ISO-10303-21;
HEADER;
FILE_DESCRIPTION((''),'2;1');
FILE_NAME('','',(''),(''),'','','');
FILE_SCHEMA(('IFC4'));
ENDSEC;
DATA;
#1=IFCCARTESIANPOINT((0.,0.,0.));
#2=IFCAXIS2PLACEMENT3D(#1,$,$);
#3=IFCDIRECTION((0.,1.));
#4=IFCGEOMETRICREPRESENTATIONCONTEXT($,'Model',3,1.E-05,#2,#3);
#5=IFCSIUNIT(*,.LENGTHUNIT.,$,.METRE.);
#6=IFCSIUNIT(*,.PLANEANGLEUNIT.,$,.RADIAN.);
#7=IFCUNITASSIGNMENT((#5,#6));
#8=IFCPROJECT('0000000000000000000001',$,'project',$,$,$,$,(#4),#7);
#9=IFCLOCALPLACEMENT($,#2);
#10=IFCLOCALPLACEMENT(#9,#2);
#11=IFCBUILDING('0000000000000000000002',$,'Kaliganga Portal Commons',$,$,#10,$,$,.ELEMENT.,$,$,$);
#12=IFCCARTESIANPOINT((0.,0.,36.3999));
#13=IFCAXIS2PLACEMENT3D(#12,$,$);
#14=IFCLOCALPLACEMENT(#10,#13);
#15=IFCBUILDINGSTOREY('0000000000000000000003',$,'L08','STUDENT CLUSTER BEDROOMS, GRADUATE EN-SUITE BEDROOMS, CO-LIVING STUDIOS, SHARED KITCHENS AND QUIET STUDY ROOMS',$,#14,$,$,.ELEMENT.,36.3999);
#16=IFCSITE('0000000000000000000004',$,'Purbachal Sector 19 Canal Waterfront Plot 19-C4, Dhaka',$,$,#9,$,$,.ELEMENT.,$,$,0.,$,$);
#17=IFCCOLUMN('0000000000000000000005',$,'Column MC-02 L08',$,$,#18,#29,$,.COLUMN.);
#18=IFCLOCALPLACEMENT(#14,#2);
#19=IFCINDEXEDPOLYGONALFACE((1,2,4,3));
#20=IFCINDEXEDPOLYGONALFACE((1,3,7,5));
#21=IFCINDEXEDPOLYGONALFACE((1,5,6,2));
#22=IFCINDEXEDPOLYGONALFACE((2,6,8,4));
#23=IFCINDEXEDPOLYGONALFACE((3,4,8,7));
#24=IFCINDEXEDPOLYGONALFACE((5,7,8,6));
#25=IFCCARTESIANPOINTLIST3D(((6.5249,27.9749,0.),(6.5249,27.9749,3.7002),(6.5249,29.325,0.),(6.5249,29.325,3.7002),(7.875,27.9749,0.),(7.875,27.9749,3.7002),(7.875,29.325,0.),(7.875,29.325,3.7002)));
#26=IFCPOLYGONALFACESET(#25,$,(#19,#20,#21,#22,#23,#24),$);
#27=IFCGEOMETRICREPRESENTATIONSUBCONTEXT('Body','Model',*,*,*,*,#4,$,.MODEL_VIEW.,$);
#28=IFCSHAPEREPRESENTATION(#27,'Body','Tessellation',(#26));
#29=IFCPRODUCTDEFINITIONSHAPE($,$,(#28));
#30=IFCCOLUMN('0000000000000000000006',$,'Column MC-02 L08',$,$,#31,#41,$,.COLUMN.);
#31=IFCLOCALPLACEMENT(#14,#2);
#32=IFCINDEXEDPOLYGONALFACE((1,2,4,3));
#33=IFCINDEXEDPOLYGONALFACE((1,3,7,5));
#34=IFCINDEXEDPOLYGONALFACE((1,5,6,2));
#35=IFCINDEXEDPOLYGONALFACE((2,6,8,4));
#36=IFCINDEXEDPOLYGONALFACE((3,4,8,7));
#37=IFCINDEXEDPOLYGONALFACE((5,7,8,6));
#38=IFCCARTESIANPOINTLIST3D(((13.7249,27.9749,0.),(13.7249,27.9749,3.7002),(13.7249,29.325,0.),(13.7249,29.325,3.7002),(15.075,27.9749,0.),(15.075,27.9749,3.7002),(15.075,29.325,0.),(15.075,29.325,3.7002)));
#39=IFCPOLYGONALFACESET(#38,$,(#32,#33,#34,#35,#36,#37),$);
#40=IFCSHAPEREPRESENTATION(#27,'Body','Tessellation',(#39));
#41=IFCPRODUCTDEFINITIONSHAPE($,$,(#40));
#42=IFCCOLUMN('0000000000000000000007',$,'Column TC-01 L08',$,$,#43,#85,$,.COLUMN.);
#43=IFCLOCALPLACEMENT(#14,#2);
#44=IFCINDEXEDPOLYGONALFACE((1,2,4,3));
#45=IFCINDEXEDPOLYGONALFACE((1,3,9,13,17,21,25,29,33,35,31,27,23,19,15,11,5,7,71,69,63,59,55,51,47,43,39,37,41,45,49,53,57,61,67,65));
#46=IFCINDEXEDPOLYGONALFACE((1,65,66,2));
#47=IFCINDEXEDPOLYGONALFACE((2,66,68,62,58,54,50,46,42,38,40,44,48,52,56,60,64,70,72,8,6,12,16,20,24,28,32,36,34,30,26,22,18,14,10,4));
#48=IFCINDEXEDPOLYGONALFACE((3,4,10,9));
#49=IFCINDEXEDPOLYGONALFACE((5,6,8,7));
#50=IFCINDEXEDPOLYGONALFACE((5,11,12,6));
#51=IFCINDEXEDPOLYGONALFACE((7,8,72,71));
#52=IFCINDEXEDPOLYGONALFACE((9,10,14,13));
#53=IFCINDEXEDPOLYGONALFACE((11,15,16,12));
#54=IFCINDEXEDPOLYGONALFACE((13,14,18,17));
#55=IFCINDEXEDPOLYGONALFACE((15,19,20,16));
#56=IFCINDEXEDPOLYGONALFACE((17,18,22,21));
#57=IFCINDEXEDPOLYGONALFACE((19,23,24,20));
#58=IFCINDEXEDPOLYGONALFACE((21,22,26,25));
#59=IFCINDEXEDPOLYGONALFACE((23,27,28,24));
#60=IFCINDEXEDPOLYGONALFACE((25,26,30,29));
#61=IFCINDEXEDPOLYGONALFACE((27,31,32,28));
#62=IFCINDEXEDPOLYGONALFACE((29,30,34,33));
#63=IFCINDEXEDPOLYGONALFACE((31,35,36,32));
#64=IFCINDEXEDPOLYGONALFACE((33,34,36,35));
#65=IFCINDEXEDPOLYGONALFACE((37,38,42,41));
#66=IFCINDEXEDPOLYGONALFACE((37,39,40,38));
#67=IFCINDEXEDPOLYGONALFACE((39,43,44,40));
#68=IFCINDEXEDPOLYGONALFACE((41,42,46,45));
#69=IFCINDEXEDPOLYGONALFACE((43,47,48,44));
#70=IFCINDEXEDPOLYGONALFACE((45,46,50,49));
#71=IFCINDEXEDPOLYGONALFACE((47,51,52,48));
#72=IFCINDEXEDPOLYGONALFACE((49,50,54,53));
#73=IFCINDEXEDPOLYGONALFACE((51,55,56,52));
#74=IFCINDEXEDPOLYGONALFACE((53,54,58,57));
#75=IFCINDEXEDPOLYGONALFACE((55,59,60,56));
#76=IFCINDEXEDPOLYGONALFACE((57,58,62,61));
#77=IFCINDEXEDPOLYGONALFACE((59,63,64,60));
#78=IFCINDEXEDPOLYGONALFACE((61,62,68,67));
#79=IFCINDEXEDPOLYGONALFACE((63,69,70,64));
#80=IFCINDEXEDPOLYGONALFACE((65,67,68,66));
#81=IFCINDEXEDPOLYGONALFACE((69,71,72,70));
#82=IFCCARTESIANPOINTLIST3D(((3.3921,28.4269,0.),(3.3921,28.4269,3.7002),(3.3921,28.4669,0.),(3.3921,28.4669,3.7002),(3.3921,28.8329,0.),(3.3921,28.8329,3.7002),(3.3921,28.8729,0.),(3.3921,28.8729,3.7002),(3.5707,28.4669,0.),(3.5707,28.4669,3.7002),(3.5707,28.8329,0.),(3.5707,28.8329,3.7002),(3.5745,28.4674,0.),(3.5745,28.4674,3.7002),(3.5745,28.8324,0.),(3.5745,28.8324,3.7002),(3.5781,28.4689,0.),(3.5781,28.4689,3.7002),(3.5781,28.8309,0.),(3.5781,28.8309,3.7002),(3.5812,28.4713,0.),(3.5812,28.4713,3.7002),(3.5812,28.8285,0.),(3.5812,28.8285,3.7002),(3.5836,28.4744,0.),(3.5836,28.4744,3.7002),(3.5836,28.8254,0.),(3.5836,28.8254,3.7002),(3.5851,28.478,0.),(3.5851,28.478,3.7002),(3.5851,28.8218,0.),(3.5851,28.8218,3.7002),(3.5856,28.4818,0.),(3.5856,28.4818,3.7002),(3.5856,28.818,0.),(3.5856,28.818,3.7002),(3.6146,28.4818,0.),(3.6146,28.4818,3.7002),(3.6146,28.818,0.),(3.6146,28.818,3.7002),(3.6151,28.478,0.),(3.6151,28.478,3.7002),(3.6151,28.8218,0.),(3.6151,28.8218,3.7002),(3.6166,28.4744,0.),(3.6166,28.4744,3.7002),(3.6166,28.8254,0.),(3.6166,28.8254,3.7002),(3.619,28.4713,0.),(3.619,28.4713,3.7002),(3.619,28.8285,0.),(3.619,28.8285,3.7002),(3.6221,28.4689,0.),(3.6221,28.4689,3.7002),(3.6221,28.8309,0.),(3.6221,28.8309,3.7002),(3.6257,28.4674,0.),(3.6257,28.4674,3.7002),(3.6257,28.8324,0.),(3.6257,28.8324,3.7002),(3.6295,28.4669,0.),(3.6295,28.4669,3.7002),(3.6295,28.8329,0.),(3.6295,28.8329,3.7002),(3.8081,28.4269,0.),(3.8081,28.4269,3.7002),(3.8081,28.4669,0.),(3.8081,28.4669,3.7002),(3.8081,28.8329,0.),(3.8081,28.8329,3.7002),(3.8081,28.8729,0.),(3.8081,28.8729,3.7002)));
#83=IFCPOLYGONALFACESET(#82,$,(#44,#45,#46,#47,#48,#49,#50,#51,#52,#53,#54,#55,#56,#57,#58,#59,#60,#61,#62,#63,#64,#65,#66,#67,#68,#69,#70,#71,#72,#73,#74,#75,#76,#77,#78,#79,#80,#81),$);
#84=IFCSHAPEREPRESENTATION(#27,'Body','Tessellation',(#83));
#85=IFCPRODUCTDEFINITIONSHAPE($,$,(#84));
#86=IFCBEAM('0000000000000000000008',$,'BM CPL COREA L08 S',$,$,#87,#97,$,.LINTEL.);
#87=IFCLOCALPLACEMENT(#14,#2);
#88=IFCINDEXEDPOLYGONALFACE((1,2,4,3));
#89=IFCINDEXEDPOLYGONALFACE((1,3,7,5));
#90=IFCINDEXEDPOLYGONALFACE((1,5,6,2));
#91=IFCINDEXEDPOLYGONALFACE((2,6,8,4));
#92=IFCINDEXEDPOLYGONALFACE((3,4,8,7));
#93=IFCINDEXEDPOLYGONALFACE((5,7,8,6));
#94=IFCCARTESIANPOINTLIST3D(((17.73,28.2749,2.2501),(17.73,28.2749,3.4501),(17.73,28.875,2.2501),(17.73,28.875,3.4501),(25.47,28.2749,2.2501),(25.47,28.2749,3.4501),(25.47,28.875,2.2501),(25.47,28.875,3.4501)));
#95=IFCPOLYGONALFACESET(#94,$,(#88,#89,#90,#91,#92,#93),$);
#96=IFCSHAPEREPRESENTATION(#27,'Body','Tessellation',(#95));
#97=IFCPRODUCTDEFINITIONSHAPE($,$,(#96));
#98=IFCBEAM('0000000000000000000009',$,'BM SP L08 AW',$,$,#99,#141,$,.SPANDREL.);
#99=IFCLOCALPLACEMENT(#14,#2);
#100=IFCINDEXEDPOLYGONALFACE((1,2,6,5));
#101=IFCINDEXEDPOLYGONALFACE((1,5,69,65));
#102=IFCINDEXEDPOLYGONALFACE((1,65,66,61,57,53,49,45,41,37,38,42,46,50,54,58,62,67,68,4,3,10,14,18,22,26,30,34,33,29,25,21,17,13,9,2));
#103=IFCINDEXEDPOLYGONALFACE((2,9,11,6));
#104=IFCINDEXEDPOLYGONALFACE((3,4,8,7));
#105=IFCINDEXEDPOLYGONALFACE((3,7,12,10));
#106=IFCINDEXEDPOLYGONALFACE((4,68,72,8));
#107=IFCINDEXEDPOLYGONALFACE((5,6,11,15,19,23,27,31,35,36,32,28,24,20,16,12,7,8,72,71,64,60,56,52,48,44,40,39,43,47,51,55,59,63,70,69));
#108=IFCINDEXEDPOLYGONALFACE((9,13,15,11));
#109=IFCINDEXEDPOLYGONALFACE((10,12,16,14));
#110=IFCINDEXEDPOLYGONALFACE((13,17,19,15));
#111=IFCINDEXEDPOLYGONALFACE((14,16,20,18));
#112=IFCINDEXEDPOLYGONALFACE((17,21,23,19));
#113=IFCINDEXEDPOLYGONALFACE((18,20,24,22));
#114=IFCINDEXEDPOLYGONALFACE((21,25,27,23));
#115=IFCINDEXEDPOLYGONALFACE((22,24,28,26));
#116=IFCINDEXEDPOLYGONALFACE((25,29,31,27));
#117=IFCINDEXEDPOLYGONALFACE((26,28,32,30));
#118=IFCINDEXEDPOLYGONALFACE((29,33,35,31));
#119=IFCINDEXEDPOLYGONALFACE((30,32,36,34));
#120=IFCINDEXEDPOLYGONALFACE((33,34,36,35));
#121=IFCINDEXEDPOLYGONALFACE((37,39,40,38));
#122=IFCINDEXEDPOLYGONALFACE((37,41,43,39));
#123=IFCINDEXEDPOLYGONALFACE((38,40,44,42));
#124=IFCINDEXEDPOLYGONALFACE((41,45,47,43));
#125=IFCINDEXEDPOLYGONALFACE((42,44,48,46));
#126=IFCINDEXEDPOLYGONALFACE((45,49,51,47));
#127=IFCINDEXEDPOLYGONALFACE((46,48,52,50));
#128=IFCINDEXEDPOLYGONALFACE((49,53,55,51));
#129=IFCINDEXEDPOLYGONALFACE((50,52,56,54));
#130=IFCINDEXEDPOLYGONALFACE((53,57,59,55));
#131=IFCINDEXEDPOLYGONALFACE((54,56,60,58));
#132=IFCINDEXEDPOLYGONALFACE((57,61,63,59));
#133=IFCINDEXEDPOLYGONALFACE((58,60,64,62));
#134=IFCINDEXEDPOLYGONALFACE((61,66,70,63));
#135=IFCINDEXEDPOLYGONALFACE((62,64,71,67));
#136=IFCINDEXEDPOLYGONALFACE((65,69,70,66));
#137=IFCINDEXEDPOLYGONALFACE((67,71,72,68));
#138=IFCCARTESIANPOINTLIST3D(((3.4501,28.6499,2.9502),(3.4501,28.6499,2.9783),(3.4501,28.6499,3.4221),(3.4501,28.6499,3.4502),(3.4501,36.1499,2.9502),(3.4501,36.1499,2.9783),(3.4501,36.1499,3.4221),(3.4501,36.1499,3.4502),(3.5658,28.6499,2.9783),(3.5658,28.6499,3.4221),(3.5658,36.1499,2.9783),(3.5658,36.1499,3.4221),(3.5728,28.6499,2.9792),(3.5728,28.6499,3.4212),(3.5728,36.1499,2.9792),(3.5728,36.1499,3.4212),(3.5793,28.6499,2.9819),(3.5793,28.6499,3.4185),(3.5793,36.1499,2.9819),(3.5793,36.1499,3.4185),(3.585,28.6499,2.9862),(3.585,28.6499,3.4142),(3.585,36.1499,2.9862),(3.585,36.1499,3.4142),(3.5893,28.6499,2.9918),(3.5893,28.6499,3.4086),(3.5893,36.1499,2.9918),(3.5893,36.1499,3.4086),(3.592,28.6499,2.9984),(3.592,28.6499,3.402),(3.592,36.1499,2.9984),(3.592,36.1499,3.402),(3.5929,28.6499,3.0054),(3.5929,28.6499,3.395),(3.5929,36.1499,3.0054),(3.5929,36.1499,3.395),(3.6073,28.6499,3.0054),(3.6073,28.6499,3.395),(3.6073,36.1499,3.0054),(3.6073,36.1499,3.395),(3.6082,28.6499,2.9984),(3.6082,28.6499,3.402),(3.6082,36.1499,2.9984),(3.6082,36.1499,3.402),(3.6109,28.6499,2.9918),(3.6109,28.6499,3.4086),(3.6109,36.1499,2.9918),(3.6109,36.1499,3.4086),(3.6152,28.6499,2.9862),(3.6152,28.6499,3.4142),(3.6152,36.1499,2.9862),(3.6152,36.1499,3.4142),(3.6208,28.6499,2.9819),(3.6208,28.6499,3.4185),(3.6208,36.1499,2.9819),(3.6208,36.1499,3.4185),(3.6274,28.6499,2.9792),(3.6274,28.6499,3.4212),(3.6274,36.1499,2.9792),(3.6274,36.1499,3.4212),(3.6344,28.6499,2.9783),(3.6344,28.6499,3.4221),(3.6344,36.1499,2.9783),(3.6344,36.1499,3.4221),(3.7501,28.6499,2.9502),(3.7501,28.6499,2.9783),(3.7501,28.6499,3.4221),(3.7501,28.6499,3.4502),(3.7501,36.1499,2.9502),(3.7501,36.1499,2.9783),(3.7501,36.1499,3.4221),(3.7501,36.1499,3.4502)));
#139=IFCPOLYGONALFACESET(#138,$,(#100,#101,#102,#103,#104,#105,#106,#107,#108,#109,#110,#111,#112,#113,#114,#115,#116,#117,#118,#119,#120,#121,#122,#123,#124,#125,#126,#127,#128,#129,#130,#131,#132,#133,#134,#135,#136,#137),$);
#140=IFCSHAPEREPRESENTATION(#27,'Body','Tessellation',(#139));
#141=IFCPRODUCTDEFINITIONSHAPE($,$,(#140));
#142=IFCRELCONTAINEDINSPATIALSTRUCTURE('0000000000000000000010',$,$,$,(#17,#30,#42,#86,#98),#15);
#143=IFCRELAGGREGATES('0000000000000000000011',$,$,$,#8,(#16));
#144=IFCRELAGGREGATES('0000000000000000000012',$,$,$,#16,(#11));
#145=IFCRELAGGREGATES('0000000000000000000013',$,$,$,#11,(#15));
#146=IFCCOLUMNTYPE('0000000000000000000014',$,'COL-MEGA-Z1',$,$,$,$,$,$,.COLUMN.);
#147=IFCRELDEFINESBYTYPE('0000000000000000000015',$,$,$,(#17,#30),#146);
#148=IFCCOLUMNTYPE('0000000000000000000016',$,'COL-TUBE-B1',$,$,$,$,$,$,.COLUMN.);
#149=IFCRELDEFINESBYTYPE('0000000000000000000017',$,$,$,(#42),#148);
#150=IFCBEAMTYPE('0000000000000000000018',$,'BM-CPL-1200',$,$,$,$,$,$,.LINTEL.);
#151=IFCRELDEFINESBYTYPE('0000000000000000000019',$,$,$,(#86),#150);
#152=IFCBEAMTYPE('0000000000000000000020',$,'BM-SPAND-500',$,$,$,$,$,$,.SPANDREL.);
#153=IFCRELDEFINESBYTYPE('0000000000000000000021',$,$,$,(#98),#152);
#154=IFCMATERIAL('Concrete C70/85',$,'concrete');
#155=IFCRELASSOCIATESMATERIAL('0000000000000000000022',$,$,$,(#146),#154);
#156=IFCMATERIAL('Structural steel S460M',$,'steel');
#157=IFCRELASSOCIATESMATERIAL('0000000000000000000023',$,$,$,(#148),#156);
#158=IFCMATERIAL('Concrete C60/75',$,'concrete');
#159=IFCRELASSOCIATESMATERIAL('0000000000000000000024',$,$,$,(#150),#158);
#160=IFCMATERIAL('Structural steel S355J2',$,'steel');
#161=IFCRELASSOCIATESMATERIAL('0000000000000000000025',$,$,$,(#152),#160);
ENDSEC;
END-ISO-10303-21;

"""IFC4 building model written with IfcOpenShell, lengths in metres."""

from ifc_helpers import new_model, si_unit, direction, frame, origin, origin_2d, place, context, subcontext, project, spatial, rectangle, i_section, extrude, source, transform, mapped, material, material_profile, profile_set, type_object, element, save


model = new_model("IFC4")

# Units and contexts
model_context = context("Model", 3, precision=1e-05, world=origin(), true_north=direction((0.0, 1.0)))
body_context = subcontext(model_context, "Body", "Model", "MODEL_VIEW")
ifc_project = project(units=[si_unit("LENGTHUNIT", "METRE"), si_unit("PLANEANGLEUNIT", "RADIAN")], contexts=[model_context])

# Site, building, storey
site_placement = place(None, origin())
site = spatial("IfcSite", under=ifc_project, at=site_placement, Name="Purbachal Sector 19 Canal Waterfront Plot 19-C4, Dhaka", CompositionType="ELEMENT", RefElevation=0.0)
building_placement = place(site_placement, origin())
building = spatial("IfcBuilding", under=site, at=building_placement, Name="Kaliganga Portal Commons", CompositionType="ELEMENT")
storey_placement = place(building_placement, frame((0.0, 0.0, 36.3999)))
storey = spatial("IfcBuildingStorey", under=building, at=storey_placement, Name="L08", Description="STUDENT CLUSTER BEDROOMS, GRADUATE EN-SUITE BEDROOMS, CO-LIVING STUDIOS, SHARED KITCHENS AND QUIET STUDY ROOMS", CompositionType="ELEMENT", Elevation=36.3999)

# Columns
ifc_material_1 = material(Name="Concrete C70/85", Category="concrete")
ifc_material_profile_1 = material_profile(ifc_material_1, rectangle(XDim=1.3501, YDim=1.3501, at=origin_2d()), Name="RC 1350x1350")
ifc_profile_set_1 = profile_set([ifc_material_profile_1], Name="Concrete C70/85")
column_type_1 = type_object("IfcColumnType", Name="COL-MEGA-Z1", PredefinedType="COLUMN", material=ifc_profile_set_1)
shared_shape_1 = source(origin(), body_context, "Body", "SweptSolid", [
    extrude(rectangle(XDim=1.3501, YDim=1.3501, at=origin_2d()), origin(), (0.0, 0.0, 1.0), 3.7002),
])
for number, where, z_axis, x_axis, name in (
    (1, (7.2, 28.6499, 0.0), (0.0, 0.0, 1.0), (1.0, 0.0, 0.0), "Column MC-02 L08"),
    (2, (14.3999, 28.6499, 0.0), (0.0, 0.0, 1.0), (1.0, 0.0, 0.0), "Column MC-02 L08"),
):
    element("IfcColumn", number, at=place(storey_placement, frame(where, z_axis=z_axis, x_axis=x_axis)), inside=storey, type_object=column_type_1, Name=name, PredefinedType="COLUMN", context=body_context, shape_type="MappedRepresentation", body=[
        mapped(shared_shape_1, transform((0.0, 0.0, 0.0), x_axis=(1.0, 0.0, 0.0), y_axis=(0.0, 1.0, 0.0), z_axis=(0.0, 0.0, 1.0), scale=1.0)),
    ])
ifc_material_2 = material(Name="Structural steel S460M", Category="steel")
ifc_material_profile_2 = material_profile(ifc_material_2, i_section(OverallWidth=0.416, OverallDepth=0.446, WebThickness=0.0291, FlangeThickness=0.04, FilletRadius=0.0149, at=origin_2d()), Name="HD 400x509")
ifc_profile_set_2 = profile_set([ifc_material_profile_2], Name="Structural steel S460M wide-flange")
column_type_2 = type_object("IfcColumnType", Name="COL-TUBE-B1", PredefinedType="COLUMN", material=ifc_profile_set_2)
shared_shape_2 = source(origin(), body_context, "Body", "SweptSolid", [
    extrude(i_section(OverallWidth=0.416, OverallDepth=0.446, WebThickness=0.0291, FlangeThickness=0.04, FilletRadius=0.0149, at=origin_2d()), origin(), (0.0, 0.0, 1.0), 3.7002),
])
column_placement = place(storey_placement, frame((3.6001, 28.6499, 0.0), z_axis=(0.0, 0.0, 1.0), x_axis=(1.0, 0.0, 0.0)))
element("IfcColumn", 3, at=column_placement, inside=storey, type_object=column_type_2, Name="Column TC-01 L08", PredefinedType="COLUMN", context=body_context, shape_type="MappedRepresentation", body=[
    mapped(shared_shape_2, transform((0.0, 0.0, 0.0), x_axis=(1.0, 0.0, 0.0), y_axis=(0.0, 1.0, 0.0), z_axis=(0.0, 0.0, 1.0), scale=1.0)),
])

# Beams
ifc_material_3 = material(Name="Concrete C60/75", Category="concrete")
ifc_material_profile_3 = material_profile(ifc_material_3, rectangle(XDim=0.6001, YDim=1.2, at=origin_2d()), Name="RC 600x1200")
ifc_profile_set_3 = profile_set([ifc_material_profile_3], Name="Concrete C60/75")
beam_type_1 = type_object("IfcBeamType", Name="BM-CPL-1200", PredefinedType="LINTEL", material=ifc_profile_set_3)
shared_shape_3 = source(origin(), body_context, "Body", "SweptSolid", [
    extrude(rectangle(XDim=0.6001, YDim=1.2, at=origin_2d()), origin(), (0.0, 0.0, 1.0), 7.74),
])
beam_1_placement = place(storey_placement, frame((17.73, 28.575, 2.8501), z_axis=(1.0, 0.0, 0.0), x_axis=(0.0, 1.0, 0.0)))
element("IfcBeam", 4, at=beam_1_placement, inside=storey, type_object=beam_type_1, Name="BM CPL COREA L08 S", PredefinedType="LINTEL", context=body_context, shape_type="MappedRepresentation", body=[
    mapped(shared_shape_3, transform((0.0, 0.0, 0.0), x_axis=(1.0, 0.0, 0.0), y_axis=(0.0, 1.0, 0.0), z_axis=(0.0, 0.0, 1.0), scale=1.0)),
])
ifc_material_4 = material(Name="Structural steel S355J2", Category="steel")
ifc_material_profile_4 = material_profile(ifc_material_4, i_section(OverallWidth=0.3, OverallDepth=0.5, WebThickness=0.0144, FlangeThickness=0.0281, FilletRadius=0.0271, at=origin_2d()), Name="HE 500 B")
ifc_profile_set_4 = profile_set([ifc_material_profile_4], Name="Structural steel S355J2 wide-flange")
beam_type_2 = type_object("IfcBeamType", Name="BM-SPAND-500", PredefinedType="SPANDREL", material=ifc_profile_set_4)
shared_shape_4 = source(origin(), body_context, "Body", "SweptSolid", [
    extrude(i_section(OverallWidth=0.3, OverallDepth=0.5, WebThickness=0.0144, FlangeThickness=0.0281, FilletRadius=0.0271, at=origin_2d()), origin(), (0.0, 0.0, 1.0), 7.5),
])
beam_2_placement = place(storey_placement, frame((3.6001, 28.6499, 3.2002), z_axis=(0.0, 1.0, 0.0), x_axis=(-1.0, 0.0, 0.0)))
element("IfcBeam", 5, at=beam_2_placement, inside=storey, type_object=beam_type_2, Name="BM SP L08 AW", PredefinedType="SPANDREL", context=body_context, shape_type="MappedRepresentation", body=[
    mapped(shared_shape_4, transform((0.0, 0.0, 0.0), x_axis=(1.0, 0.0, 0.0), y_axis=(0.0, 1.0, 0.0), z_axis=(0.0, 0.0, 1.0), scale=1.0)),
])

save(model, "model.ifc")
